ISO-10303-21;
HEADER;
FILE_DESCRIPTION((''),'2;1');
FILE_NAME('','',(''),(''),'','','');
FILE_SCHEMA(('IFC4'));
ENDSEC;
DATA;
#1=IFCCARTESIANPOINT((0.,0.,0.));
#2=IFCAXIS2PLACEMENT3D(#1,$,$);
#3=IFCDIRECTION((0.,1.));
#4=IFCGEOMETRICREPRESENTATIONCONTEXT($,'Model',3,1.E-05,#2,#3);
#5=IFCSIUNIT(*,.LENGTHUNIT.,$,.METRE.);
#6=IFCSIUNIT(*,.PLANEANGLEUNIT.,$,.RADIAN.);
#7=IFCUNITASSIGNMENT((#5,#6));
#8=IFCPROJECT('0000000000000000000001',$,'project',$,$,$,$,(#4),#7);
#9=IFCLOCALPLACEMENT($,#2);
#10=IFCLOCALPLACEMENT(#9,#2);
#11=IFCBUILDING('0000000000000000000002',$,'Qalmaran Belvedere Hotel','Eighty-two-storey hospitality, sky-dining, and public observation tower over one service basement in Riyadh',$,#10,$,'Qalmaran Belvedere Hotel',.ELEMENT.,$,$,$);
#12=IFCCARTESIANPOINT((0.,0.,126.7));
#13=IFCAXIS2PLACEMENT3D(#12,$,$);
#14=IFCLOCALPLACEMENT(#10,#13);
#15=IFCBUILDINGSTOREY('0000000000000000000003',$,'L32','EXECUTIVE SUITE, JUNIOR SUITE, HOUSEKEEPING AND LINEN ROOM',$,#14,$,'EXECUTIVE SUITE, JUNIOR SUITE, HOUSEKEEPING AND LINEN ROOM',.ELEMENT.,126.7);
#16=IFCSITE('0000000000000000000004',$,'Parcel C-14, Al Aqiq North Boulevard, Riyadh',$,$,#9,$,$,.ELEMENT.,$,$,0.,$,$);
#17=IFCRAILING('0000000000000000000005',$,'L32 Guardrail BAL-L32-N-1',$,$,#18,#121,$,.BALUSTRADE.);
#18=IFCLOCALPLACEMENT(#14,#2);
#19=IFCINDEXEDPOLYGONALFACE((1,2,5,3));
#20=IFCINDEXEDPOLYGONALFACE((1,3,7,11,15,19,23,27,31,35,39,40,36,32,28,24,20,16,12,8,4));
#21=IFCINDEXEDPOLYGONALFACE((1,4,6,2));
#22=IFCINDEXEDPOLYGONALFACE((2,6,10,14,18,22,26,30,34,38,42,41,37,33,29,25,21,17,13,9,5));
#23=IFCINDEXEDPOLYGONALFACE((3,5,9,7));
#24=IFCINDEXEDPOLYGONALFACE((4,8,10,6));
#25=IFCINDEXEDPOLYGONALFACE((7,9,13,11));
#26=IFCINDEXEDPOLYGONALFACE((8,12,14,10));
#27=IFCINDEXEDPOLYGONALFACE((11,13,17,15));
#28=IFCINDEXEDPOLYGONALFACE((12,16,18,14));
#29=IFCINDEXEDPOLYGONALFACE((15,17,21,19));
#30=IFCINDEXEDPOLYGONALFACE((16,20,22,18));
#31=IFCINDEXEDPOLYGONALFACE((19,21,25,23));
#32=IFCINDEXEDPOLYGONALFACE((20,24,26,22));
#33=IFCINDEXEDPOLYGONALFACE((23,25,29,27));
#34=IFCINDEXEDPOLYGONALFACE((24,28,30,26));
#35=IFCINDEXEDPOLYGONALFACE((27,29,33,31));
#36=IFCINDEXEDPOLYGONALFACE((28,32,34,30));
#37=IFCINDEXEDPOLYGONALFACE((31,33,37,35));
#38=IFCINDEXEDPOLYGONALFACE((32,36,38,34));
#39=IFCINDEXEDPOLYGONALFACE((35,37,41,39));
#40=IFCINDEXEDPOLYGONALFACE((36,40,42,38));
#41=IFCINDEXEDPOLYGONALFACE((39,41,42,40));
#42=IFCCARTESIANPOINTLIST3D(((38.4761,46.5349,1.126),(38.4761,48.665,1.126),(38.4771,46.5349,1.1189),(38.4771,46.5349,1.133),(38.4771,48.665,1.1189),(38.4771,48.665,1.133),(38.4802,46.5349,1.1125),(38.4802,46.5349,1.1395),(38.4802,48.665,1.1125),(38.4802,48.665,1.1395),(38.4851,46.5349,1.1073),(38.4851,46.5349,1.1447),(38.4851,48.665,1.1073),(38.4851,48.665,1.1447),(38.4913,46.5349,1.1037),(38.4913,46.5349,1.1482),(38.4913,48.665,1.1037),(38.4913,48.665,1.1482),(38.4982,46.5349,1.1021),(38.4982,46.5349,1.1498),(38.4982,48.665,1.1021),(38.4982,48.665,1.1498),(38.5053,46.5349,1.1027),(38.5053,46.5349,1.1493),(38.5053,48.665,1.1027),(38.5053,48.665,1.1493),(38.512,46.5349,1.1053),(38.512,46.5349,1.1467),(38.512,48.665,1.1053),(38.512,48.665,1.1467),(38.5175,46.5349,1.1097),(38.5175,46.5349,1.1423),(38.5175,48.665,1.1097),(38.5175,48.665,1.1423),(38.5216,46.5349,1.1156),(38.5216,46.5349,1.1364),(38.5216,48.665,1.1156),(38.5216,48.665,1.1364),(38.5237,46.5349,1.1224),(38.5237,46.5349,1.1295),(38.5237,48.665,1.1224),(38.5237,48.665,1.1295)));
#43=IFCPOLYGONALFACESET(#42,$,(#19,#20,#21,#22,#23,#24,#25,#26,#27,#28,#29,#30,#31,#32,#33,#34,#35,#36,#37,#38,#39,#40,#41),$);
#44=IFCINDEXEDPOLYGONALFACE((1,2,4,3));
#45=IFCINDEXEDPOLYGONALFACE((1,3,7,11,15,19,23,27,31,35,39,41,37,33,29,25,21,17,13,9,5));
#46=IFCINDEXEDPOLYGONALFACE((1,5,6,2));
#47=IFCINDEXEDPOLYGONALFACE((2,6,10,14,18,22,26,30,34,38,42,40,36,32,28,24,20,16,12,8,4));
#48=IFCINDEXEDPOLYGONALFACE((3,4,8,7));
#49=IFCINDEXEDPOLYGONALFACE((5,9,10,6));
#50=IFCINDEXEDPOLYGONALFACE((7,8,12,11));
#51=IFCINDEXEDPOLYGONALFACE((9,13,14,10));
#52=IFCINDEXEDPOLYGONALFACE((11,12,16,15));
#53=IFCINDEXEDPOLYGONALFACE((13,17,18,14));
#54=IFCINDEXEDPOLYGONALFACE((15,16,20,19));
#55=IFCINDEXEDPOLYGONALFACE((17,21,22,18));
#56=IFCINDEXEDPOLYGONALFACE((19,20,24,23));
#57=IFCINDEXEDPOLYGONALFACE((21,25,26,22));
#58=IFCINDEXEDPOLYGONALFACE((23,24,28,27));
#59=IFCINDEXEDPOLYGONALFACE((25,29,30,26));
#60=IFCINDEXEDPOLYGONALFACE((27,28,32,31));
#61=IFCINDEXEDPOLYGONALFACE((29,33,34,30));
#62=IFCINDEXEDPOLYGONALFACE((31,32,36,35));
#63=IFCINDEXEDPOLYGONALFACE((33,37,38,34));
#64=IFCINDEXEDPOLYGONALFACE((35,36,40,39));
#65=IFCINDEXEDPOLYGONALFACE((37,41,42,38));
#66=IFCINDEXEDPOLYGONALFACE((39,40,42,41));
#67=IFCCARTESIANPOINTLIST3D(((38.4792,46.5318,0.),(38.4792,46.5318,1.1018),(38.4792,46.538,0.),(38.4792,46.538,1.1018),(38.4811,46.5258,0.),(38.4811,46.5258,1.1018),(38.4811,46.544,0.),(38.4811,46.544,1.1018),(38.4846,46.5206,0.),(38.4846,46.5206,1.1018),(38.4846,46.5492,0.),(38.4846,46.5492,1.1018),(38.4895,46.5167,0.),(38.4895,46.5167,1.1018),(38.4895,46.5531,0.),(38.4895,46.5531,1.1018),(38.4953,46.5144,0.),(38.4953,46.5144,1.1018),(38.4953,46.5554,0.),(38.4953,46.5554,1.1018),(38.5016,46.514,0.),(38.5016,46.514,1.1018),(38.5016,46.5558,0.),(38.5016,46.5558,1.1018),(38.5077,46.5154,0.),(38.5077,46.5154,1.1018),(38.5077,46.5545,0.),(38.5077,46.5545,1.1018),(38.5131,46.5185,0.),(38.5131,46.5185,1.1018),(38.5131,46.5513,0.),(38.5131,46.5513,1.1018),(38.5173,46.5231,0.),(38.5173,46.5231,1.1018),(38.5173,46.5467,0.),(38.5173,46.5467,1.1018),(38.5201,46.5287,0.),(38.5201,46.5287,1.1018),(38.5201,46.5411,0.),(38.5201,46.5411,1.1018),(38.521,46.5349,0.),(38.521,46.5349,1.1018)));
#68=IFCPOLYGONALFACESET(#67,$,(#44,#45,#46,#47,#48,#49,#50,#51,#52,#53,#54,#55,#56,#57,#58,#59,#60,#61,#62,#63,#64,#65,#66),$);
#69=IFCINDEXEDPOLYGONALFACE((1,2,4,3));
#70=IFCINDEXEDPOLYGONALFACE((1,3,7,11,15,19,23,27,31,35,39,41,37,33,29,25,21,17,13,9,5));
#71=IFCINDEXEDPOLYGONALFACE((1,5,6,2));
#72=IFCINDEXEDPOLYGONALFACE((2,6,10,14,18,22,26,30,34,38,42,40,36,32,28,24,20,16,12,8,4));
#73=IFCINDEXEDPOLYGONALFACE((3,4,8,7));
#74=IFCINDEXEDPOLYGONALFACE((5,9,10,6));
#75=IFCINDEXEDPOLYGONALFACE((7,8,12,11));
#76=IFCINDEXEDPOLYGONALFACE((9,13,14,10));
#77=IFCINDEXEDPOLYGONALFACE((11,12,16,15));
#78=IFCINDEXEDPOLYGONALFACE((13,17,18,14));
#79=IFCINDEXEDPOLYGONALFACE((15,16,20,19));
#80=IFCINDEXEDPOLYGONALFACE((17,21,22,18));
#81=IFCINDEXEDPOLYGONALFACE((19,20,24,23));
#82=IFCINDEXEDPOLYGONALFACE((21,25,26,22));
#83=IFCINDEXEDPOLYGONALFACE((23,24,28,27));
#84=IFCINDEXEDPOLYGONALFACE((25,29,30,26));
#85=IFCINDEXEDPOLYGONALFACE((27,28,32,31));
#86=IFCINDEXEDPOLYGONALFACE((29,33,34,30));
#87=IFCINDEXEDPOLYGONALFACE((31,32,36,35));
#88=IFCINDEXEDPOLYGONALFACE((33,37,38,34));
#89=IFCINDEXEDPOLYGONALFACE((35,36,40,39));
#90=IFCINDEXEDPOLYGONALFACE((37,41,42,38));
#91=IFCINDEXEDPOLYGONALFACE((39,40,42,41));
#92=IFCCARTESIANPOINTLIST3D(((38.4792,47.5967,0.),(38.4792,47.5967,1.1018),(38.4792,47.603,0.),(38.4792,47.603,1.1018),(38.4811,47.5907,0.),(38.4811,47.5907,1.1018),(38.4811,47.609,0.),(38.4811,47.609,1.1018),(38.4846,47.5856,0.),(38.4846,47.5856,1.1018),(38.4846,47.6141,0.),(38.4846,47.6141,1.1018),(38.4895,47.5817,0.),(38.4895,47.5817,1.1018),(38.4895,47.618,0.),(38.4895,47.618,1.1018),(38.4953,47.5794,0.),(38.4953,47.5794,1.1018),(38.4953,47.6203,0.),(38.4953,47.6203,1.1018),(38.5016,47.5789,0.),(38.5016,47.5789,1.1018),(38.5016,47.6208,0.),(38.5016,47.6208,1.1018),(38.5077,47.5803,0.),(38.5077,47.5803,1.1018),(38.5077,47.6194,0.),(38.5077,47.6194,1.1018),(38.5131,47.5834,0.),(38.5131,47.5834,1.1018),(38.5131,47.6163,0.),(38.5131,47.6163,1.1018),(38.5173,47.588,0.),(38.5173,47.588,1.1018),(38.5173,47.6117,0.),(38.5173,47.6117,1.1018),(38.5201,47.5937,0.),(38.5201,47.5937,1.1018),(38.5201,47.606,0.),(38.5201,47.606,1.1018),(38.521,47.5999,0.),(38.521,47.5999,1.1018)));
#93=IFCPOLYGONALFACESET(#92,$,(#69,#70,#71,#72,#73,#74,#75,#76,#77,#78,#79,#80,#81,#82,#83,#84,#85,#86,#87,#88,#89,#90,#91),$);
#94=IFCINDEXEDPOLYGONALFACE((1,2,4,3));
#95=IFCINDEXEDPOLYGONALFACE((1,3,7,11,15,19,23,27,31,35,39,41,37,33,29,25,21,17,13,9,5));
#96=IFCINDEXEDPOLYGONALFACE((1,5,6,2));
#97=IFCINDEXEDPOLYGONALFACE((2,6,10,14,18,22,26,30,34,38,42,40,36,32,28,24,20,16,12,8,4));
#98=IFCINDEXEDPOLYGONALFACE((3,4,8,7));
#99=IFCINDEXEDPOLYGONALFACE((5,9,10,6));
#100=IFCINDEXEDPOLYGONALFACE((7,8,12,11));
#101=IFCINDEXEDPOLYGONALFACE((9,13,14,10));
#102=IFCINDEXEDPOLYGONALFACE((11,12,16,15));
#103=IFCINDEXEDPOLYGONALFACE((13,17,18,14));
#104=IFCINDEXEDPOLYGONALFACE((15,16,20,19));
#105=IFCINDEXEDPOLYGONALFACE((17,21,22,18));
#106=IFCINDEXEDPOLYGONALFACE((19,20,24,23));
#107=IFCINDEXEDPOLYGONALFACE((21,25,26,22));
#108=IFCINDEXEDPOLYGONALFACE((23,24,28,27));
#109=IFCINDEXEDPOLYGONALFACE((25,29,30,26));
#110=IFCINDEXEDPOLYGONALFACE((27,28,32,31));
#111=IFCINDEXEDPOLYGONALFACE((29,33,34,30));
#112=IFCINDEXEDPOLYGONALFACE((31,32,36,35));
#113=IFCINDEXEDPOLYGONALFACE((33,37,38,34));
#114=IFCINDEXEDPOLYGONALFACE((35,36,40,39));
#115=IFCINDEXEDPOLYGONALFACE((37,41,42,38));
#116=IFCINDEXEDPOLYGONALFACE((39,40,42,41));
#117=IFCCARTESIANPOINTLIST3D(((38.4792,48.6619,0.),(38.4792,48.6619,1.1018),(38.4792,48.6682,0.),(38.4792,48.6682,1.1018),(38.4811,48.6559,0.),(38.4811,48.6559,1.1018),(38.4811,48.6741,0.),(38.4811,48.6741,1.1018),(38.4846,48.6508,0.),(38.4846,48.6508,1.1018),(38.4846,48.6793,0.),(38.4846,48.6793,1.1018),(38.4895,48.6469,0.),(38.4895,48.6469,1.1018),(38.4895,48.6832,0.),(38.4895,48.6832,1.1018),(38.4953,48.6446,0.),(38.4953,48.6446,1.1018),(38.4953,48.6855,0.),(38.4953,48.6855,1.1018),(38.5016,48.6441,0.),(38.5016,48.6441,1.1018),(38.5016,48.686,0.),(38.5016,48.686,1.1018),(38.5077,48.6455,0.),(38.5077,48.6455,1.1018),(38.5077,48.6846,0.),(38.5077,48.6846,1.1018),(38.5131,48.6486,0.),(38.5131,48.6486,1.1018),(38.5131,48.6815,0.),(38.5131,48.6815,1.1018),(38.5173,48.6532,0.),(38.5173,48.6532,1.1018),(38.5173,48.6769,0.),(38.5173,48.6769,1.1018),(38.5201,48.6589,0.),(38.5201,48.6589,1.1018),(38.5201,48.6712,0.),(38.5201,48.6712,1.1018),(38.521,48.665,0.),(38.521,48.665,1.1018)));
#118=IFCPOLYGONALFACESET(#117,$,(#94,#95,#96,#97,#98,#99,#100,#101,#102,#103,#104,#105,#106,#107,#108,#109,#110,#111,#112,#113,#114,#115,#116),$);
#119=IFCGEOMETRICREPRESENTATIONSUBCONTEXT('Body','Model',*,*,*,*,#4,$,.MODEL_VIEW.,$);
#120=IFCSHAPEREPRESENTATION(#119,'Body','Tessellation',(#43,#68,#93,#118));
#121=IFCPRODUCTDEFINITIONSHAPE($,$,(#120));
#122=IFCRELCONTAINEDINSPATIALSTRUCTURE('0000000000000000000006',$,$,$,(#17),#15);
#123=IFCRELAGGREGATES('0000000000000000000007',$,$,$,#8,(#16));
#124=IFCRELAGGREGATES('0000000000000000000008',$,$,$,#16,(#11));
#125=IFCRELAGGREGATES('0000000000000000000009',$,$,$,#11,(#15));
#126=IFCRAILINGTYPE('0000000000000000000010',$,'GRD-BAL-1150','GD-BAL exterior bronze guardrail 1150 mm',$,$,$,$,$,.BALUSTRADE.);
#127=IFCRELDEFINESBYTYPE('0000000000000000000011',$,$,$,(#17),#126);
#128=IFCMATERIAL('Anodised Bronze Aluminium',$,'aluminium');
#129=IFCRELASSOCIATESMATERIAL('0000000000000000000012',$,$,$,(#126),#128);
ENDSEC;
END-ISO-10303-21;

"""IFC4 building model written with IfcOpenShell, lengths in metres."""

from ifc_helpers import new_model, si_unit, direction, frame, origin, origin_2d, place, context, subcontext, project, spatial, circle, extrude, material, type_object, element, save


model = new_model("IFC4")

# Units and contexts
model_context = context("Model", 3, precision=1e-05, world=origin(), true_north=direction((0.0, 1.0)))
body_context = subcontext(model_context, "Body", "Model", "MODEL_VIEW")
ifc_project = project(units=[si_unit("LENGTHUNIT", "METRE"), si_unit("PLANEANGLEUNIT", "RADIAN")], contexts=[model_context])

# Site, building, storey
site_placement = place(None, origin())
site = spatial("IfcSite", under=ifc_project, at=site_placement, Name="Parcel C-14, Al Aqiq North Boulevard, Riyadh", CompositionType="ELEMENT", RefElevation=0.0)
building_placement = place(site_placement, origin())
building = spatial("IfcBuilding", under=site, at=building_placement, Name="Qalmaran Belvedere Hotel", Description="Eighty-two-storey hospitality, sky-dining, and public observation tower over one service basement in Riyadh", LongName="Qalmaran Belvedere Hotel", CompositionType="ELEMENT")
storey_placement = place(building_placement, frame((0.0, 0.0, 126.7)))
storey = spatial("IfcBuildingStorey", under=building, at=storey_placement, Name="L32", Description="EXECUTIVE SUITE, JUNIOR SUITE, HOUSEKEEPING AND LINEN ROOM", LongName="EXECUTIVE SUITE, JUNIOR SUITE, HOUSEKEEPING AND LINEN ROOM", CompositionType="ELEMENT", Elevation=126.7)

# Shared definitions
ifc_material_1 = material(Name="Anodised Bronze Aluminium", Category="aluminium")

# Railing
railing_type = type_object("IfcRailingType", Name="GRD-BAL-1150", Description="GD-BAL exterior bronze guardrail 1150 mm", PredefinedType="BALUSTRADE", material=ifc_material_1)
railing_1_placement = place(storey_placement, frame((38.5, 46.5349, 0.0)))
element("IfcRailing", 1, at=railing_1_placement, inside=storey, type_object=railing_type, Name="L32 Guardrail BAL-L32-N-1", PredefinedType="BALUSTRADE", context=body_context, shape_type="SweptSolid", body=[
    extrude(circle(Radius=0.0239, at=origin_2d()), frame((0.0, 0.0, 1.126), z_axis=(0.0, 1.0, 0.0), x_axis=(-1.0, 0.0, 0.0)), (0.0, 0.0, 1.0), 2.1301),
    extrude(circle(Radius=0.021, at=origin_2d()), origin(), (0.0, 0.0, 1.0), 1.1018),
    extrude(circle(Radius=0.021, at=origin_2d()), frame((0.0, 1.0649, 0.0)), (0.0, 0.0, 1.0), 1.1018),
    extrude(circle(Radius=0.021, at=origin_2d()), frame((0.0, 2.1301, 0.0)), (0.0, 0.0, 1.0), 1.1018),
])

save(model, "model.ifc")
